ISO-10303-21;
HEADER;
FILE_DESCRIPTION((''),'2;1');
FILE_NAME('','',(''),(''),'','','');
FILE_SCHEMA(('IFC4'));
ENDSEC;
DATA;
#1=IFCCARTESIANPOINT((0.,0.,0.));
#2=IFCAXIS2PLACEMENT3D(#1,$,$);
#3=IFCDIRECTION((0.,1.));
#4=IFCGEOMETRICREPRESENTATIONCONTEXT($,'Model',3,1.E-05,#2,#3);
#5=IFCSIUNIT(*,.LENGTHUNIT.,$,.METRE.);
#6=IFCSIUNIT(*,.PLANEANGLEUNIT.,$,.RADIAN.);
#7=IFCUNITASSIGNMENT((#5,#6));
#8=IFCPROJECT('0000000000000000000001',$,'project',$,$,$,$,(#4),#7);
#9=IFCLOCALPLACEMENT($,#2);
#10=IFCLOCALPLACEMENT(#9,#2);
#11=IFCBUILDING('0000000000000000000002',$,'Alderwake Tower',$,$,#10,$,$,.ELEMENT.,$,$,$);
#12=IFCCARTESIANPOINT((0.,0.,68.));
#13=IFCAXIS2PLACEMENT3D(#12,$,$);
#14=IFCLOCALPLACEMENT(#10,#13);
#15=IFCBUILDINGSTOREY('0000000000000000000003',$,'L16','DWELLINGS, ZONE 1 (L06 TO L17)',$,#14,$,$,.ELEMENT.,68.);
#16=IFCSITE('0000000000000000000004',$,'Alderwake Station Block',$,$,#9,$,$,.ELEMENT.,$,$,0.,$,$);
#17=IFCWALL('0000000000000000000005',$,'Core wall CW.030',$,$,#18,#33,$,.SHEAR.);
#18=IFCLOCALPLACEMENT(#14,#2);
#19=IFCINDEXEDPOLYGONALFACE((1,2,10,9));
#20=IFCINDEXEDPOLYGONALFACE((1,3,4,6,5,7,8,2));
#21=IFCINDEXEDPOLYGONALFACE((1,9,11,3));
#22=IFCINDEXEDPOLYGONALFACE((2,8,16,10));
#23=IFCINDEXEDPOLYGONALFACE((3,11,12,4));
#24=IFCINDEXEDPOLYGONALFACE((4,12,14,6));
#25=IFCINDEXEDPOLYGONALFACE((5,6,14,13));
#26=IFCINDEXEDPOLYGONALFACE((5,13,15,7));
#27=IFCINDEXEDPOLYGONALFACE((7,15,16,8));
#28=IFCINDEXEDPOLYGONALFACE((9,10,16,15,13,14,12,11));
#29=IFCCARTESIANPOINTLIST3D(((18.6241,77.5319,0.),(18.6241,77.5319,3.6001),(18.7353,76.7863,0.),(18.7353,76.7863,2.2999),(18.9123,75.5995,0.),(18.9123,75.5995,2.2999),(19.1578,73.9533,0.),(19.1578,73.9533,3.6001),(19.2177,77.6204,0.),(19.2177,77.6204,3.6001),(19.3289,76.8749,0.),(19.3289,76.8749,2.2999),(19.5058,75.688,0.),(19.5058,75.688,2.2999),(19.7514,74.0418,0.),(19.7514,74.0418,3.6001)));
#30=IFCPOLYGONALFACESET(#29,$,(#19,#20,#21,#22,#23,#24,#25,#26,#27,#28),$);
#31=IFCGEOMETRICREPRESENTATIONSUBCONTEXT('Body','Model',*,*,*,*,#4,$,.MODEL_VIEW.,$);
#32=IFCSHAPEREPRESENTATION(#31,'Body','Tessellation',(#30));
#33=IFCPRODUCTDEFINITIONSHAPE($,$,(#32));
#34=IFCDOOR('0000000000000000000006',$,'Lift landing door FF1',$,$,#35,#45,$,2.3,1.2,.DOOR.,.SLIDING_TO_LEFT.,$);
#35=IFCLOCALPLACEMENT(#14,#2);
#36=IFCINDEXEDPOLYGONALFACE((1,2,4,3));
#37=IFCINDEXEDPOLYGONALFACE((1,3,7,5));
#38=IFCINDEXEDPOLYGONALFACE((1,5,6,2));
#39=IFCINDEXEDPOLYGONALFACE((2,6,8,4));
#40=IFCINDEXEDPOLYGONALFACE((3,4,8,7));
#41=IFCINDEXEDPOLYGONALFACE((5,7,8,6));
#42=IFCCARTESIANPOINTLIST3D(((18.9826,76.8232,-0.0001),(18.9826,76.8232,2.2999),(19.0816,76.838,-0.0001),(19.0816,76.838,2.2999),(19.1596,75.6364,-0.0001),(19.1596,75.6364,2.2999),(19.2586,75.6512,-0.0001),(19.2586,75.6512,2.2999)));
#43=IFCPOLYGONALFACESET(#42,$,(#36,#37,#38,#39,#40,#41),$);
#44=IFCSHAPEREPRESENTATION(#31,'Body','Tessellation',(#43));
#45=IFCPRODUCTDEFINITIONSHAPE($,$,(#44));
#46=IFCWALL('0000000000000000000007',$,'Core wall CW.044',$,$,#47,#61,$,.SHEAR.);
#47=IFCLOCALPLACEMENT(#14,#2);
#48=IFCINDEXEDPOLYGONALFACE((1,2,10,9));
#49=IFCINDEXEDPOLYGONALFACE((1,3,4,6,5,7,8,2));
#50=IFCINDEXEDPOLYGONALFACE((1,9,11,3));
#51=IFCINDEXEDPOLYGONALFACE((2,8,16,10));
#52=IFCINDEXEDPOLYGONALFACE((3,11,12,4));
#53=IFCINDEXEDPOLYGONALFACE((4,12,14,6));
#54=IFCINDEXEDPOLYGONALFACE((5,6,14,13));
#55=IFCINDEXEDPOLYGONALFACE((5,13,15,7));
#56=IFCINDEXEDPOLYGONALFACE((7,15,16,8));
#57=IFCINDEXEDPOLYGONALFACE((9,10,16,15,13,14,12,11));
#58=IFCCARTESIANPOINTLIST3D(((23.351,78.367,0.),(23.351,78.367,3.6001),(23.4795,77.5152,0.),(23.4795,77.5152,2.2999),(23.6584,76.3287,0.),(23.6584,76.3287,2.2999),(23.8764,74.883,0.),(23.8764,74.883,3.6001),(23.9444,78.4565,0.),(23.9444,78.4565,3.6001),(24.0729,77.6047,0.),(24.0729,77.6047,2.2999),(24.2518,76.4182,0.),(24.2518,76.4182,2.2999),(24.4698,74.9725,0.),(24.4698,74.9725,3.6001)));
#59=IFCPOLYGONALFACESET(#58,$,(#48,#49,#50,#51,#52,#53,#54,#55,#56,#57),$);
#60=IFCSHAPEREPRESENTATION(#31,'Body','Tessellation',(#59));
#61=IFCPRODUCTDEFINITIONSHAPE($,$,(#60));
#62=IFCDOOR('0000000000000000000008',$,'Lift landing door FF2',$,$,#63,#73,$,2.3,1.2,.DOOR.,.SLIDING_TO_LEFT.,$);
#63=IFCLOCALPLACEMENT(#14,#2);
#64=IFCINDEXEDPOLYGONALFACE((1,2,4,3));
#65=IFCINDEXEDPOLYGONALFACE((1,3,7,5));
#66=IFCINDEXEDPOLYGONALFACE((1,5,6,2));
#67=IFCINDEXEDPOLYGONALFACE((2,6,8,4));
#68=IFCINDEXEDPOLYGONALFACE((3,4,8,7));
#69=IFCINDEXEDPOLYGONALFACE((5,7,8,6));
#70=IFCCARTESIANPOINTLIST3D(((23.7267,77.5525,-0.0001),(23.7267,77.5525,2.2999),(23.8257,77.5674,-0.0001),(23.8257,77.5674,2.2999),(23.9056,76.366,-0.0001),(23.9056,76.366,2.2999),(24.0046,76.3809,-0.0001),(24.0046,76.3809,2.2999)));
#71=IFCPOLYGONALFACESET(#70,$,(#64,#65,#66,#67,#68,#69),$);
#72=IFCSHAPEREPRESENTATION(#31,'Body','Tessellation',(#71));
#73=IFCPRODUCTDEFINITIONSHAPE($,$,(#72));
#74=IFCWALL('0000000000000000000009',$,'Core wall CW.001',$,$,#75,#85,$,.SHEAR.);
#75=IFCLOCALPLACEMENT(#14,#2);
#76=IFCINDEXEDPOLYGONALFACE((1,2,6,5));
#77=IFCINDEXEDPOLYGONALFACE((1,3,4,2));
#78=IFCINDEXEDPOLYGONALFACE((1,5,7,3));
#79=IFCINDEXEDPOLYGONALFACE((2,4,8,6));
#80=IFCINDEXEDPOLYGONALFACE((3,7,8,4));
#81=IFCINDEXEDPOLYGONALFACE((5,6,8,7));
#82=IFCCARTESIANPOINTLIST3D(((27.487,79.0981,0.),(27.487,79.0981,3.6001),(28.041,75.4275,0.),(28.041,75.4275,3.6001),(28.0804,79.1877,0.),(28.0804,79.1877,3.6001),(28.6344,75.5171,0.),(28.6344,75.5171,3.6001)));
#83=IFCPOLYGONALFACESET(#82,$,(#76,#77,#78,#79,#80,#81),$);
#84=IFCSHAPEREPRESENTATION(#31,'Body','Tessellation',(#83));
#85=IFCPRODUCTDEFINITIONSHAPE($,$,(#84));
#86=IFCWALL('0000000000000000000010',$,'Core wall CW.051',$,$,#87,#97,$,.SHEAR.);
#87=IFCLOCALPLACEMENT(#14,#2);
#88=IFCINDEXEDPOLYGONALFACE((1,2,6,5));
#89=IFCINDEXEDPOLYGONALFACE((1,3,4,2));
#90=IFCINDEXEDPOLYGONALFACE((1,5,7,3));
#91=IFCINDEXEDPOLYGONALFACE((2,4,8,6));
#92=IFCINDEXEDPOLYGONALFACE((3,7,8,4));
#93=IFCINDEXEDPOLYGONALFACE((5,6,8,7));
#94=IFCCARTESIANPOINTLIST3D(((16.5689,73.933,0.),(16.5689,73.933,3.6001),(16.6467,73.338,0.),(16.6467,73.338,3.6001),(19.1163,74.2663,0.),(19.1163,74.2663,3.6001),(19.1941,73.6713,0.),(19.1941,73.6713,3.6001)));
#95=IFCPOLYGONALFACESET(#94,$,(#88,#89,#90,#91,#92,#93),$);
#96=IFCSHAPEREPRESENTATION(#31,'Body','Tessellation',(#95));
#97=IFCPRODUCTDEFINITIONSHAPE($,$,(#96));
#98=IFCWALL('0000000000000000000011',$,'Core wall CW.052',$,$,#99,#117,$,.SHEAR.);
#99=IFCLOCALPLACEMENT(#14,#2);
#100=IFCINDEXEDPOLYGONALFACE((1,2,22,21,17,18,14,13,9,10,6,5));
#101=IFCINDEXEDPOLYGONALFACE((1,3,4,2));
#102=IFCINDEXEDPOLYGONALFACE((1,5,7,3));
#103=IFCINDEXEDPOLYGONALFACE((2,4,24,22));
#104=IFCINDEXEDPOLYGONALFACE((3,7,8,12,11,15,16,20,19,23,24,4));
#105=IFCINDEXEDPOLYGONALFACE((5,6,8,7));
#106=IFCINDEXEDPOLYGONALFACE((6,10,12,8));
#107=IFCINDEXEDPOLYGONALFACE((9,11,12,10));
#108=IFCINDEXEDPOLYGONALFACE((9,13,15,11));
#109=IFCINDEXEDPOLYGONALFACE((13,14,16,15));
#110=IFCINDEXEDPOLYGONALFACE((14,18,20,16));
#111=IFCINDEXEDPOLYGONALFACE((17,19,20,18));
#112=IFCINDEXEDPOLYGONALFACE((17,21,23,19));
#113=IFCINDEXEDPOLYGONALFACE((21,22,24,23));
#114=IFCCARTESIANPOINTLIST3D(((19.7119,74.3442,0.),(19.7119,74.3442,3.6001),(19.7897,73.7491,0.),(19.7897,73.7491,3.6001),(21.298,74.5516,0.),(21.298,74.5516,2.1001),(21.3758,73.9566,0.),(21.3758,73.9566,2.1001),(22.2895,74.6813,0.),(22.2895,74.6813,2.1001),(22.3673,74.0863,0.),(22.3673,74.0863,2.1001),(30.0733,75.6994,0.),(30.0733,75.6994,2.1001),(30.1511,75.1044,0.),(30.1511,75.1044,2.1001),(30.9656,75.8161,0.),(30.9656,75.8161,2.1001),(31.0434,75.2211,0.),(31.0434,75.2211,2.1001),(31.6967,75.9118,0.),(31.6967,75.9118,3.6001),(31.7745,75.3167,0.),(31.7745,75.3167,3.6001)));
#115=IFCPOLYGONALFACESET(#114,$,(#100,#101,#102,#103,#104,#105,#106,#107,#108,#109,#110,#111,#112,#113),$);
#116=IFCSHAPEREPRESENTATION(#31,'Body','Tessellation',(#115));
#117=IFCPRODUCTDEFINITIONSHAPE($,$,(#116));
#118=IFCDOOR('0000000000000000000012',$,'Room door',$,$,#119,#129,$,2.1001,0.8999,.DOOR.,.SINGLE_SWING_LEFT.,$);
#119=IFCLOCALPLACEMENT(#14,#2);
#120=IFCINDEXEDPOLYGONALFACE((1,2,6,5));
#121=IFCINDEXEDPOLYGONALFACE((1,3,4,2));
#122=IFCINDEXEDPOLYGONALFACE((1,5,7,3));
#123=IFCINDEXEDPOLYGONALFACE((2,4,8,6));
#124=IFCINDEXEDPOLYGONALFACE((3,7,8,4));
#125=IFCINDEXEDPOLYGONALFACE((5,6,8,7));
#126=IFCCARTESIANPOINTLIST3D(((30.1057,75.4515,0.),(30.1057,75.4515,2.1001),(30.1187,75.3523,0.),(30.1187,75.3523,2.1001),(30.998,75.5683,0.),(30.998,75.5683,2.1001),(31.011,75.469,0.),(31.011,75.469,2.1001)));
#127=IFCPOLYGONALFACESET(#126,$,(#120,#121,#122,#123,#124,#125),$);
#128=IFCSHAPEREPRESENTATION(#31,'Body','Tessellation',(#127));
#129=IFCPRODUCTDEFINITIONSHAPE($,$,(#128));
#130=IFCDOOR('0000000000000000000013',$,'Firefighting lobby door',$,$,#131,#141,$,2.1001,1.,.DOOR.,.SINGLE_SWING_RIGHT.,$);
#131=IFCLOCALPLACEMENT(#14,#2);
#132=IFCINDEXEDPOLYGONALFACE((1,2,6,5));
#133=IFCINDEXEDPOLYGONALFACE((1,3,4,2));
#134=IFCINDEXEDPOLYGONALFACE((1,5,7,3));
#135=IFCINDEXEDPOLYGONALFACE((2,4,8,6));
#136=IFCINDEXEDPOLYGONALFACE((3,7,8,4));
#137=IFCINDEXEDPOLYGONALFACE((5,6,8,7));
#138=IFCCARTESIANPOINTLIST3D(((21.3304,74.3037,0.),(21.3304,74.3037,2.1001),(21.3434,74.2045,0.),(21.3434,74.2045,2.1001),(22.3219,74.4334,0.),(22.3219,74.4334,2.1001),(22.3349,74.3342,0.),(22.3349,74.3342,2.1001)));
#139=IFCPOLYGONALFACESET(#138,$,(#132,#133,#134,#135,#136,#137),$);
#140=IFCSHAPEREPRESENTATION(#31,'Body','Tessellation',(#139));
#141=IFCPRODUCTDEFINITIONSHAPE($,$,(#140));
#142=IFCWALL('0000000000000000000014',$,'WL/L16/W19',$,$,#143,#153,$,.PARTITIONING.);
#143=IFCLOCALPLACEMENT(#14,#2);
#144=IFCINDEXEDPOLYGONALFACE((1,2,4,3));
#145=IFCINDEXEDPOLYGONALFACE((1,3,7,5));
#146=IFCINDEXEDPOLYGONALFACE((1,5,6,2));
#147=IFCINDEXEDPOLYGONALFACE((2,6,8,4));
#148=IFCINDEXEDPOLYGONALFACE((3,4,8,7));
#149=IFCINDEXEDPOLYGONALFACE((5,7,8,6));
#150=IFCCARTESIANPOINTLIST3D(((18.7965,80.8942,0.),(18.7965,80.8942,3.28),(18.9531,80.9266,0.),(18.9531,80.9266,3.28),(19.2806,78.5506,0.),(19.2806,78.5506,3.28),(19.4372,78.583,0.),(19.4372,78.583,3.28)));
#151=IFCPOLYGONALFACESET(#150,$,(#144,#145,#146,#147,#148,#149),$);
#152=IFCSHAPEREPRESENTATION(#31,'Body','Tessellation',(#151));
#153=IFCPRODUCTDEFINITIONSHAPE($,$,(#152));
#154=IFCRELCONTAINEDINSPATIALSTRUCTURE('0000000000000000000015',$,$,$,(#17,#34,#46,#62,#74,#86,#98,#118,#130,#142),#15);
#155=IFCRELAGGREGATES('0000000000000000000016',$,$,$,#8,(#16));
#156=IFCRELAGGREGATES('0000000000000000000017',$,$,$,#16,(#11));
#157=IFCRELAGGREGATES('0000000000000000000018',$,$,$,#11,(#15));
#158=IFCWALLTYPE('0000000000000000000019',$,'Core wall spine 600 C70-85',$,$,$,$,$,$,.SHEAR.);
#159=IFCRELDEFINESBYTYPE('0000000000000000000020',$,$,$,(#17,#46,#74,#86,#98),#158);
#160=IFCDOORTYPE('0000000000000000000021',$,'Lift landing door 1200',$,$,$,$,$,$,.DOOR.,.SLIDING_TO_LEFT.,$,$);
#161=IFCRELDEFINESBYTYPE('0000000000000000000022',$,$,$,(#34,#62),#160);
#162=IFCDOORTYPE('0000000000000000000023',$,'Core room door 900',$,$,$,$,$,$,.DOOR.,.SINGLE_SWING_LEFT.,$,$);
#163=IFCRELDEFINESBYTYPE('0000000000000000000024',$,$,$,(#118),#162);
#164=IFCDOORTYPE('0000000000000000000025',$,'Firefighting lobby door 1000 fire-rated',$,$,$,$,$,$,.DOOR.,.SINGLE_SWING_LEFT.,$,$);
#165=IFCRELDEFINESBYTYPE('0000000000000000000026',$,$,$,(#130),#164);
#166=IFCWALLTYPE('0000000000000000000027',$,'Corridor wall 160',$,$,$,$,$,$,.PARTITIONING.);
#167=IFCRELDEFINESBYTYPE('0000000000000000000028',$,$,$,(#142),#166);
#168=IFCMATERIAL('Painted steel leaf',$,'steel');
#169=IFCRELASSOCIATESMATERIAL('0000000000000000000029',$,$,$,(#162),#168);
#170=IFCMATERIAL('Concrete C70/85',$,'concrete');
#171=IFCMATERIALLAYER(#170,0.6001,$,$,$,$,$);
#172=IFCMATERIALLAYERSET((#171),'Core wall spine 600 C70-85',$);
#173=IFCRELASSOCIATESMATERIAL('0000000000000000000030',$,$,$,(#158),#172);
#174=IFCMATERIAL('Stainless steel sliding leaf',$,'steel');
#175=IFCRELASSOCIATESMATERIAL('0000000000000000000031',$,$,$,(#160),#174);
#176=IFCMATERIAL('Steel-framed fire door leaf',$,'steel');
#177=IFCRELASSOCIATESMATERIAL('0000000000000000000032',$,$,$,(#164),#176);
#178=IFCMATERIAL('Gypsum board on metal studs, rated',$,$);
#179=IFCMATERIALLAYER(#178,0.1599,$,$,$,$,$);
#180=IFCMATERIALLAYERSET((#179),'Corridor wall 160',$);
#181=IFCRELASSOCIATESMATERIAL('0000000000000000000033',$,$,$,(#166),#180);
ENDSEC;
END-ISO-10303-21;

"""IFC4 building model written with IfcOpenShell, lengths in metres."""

from ifc_helpers import new_model, si_unit, direction, frame, frame_2d, origin, place, context, subcontext, project, spatial, rectangle, extrude, material, layer, layer_set, type_object, element, fill, save


model = new_model("IFC4")

# Units and contexts
model_context = context("Model", 3, precision=1e-05, world=origin(), true_north=direction((0.0, 1.0)))
body_context = subcontext(model_context, "Body", "Model", "MODEL_VIEW")
ifc_project = project(units=[si_unit("LENGTHUNIT", "METRE"), si_unit("PLANEANGLEUNIT", "RADIAN")], contexts=[model_context])

# Site, building, storey
site_placement = place(None, origin())
site = spatial("IfcSite", under=ifc_project, at=site_placement, Name="Alderwake Station Block", CompositionType="ELEMENT", RefElevation=0.0)
building_placement = place(site_placement, origin())
building = spatial("IfcBuilding", under=site, at=building_placement, Name="Alderwake Tower", CompositionType="ELEMENT")
storey_placement = place(building_placement, frame((0.0, 0.0, 68.0)))
storey = spatial("IfcBuildingStorey", under=building, at=storey_placement, Name="L16", Description="DWELLINGS, ZONE 1 (L06 TO L17)", CompositionType="ELEMENT", Elevation=68.0)

# Shared definitions
ifc_material_1 = material(Name="Painted steel leaf", Category="steel")
door_type_1 = type_object("IfcDoorType", Name="Core room door 900", OperationType="SINGLE_SWING_LEFT", PredefinedType="DOOR", material=ifc_material_1)

# Walls, openings, doors
ifc_material_2 = material(Name="Concrete C70/85", Category="concrete")
ifc_layer_1 = layer(ifc_material_2, 0.6001)
ifc_layer_set_1 = layer_set([ifc_layer_1], Name="Core wall spine 600 C70-85")
wall_type_1 = type_object("IfcWallType", Name="Core wall spine 600 C70-85", PredefinedType="SHEAR", material=ifc_layer_set_1)
wall_1_placement = place(storey_placement, frame((19.4546, 73.9976, 0.0), z_axis=(0.0, 0.0, 1.0), x_axis=(-0.147502, 0.989062, 0.0)))
wall_1 = element("IfcWall", 1, at=wall_1_placement, inside=storey, type_object=wall_type_1, Name="Core wall CW.030", PredefinedType="SHEAR", context=body_context, shape_type="SweptSolid", body=[
    extrude(rectangle(XDim=3.6182, YDim=0.6001, at=frame_2d((1.8091, 0.0))), origin(), (0.0, 0.0, 1.0), 3.6001),
])
opening_1_placement = place(wall_1_placement, frame((1.6643, 0.0, 0.0)))
opening_1 = element("IfcOpeningElement", 2, at=opening_1_placement, cuts=wall_1, PredefinedType="OPENING", context=body_context, shape_type="SweptSolid", body=[
    extrude(rectangle(XDim=1.2, YDim=2.3, at=frame_2d((0.6001, 1.1499))), frame((0.0, 0.3101, 0.0), z_axis=(0.0, -1.0, 0.0), x_axis=(1.0, 0.0, 0.0)), (0.0, 0.0, 1.0), 0.6201),
])
ifc_material_3 = material(Name="Stainless steel sliding leaf", Category="steel")
door_type_2 = type_object("IfcDoorType", Name="Lift landing door 1200", OperationType="SLIDING_TO_LEFT", PredefinedType="DOOR", material=ifc_material_3)
door_1_placement = place(opening_1_placement, origin())
door_1 = element("IfcDoor", 3, at=door_1_placement, inside=storey, type_object=door_type_2, Name="Lift landing door FF1", OperationType="SLIDING_TO_LEFT", OverallHeight=2.3, OverallWidth=1.2, PredefinedType="DOOR", context=body_context, shape_type="SweptSolid", body=[
    extrude(rectangle(XDim=1.2, YDim=2.3, at=frame_2d((0.6001, 1.1499))), frame((0.0, 0.05, 0.0), z_axis=(0.0, -1.0, 0.0), x_axis=(1.0, 0.0, 0.0)), (0.0, 0.0, 1.0), 0.1001),
])
fill(opening_1, door_1)
wall_2_placement = place(storey_placement, frame((24.1731, 74.9277, 0.0), z_axis=(0.0, 0.0, 1.0), x_axis=(-0.14911, 0.988821, 0.0)))
wall_2 = element("IfcWall", 4, at=wall_2_placement, inside=storey, type_object=wall_type_1, Name="Core wall CW.044", PredefinedType="SHEAR", context=body_context, shape_type="SweptSolid", body=[
    extrude(rectangle(XDim=3.5234, YDim=0.6001, at=frame_2d((1.7617, 0.0))), origin(), (0.0, 0.0, 1.0), 3.6001),
])
opening_2_placement = place(wall_2_placement, frame((1.4619, 0.0, 0.0)))
opening_2 = element("IfcOpeningElement", 5, at=opening_2_placement, cuts=wall_2, PredefinedType="OPENING", context=body_context, shape_type="SweptSolid", body=[
    extrude(rectangle(XDim=1.2, YDim=2.3, at=frame_2d((0.6001, 1.1499))), frame((0.0, 0.3101, 0.0), z_axis=(0.0, -1.0, 0.0), x_axis=(1.0, 0.0, 0.0)), (0.0, 0.0, 1.0), 0.6201),
])
door_2_placement = place(opening_2_placement, origin())
door_2 = element("IfcDoor", 6, at=door_2_placement, inside=storey, type_object=door_type_2, Name="Lift landing door FF2", OperationType="SLIDING_TO_LEFT", OverallHeight=2.3, OverallWidth=1.2, PredefinedType="DOOR", context=body_context, shape_type="SweptSolid", body=[
    extrude(rectangle(XDim=1.2, YDim=2.3, at=frame_2d((0.6001, 1.1499))), frame((0.0, 0.05, 0.0), z_axis=(0.0, -1.0, 0.0), x_axis=(1.0, 0.0, 0.0)), (0.0, 0.0, 1.0), 0.1001),
])
fill(opening_2, door_2)

# Walls
wall_3_placement = place(storey_placement, frame((28.3376, 75.4724, 0.0), z_axis=(0.0, 0.0, 1.0), x_axis=(-0.149225, 0.988803, 0.0)))
element("IfcWall", 7, at=wall_3_placement, inside=storey, type_object=wall_type_1, Name="Core wall CW.001", PredefinedType="SHEAR", context=body_context, shape_type="SweptSolid", body=[
    extrude(rectangle(XDim=3.7122, YDim=0.6001, at=frame_2d((1.856, 0.0))), origin(), (0.0, 0.0, 1.0), 3.6001),
])
wall_4_placement = place(storey_placement, frame((16.6077, 73.6355, 0.0), z_axis=(0.0, 0.0, 1.0), x_axis=(0.991551, 0.129717, 0.0)))
element("IfcWall", 8, at=wall_4_placement, inside=storey, type_object=wall_type_1, Name="Core wall CW.051", PredefinedType="SHEAR", context=body_context, shape_type="SweptSolid", body=[
    extrude(rectangle(XDim=2.5691, YDim=0.6001, at=frame_2d((1.2847, 0.0))), origin(), (0.0, 0.0, 1.0), 3.6001),
])

# Wall, openings, doors
wall_5_placement = place(storey_placement, frame((31.7356, 75.6143, 0.0), z_axis=(0.0, 0.0, 1.0), x_axis=(-0.991554, -0.129696, 0.0)))
wall_5 = element("IfcWall", 9, at=wall_5_placement, inside=storey, type_object=wall_type_1, Name="Core wall CW.052", PredefinedType="SHEAR", context=body_context, shape_type="SweptSolid", body=[
    extrude(rectangle(XDim=12.0869, YDim=0.6001, at=frame_2d((6.0435, 0.0))), origin(), (0.0, 0.0, 1.0), 3.6001),
])
opening_3_placement = place(wall_5_placement, frame((9.4873, 0.0, 0.0)))
opening_3 = element("IfcOpeningElement", 10, at=opening_3_placement, cuts=wall_5, PredefinedType="OPENING", context=body_context, shape_type="SweptSolid", body=[
    extrude(rectangle(XDim=1.0, YDim=2.1001, at=frame_2d((0.5, 1.05))), frame((0.0, 0.3101, 0.0), z_axis=(0.0, -1.0, 0.0), x_axis=(1.0, 0.0, 0.0)), (0.0, 0.0, 1.0), 0.6201),
])
opening_4_placement = place(wall_5_placement, frame((0.7373, 0.0, 0.0)))
opening_4 = element("IfcOpeningElement", 11, at=opening_4_placement, cuts=wall_5, PredefinedType="OPENING", context=body_context, shape_type="SweptSolid", body=[
    extrude(rectangle(XDim=0.8999, YDim=2.1001, at=frame_2d((0.45, 1.05))), frame((0.0, 0.3101, 0.0), z_axis=(0.0, -1.0, 0.0), x_axis=(1.0, 0.0, 0.0)), (0.0, 0.0, 1.0), 0.6201),
])
door_3_placement = place(opening_4_placement, origin())
door_3 = element("IfcDoor", 12, at=door_3_placement, inside=storey, type_object=door_type_1, Name="Room door", OperationType="SINGLE_SWING_LEFT", OverallHeight=2.1001, OverallWidth=0.8999, PredefinedType="DOOR", context=body_context, shape_type="SweptSolid", body=[
    extrude(rectangle(XDim=0.8999, YDim=2.1001, at=frame_2d((0.45, 1.05))), frame((0.0, 0.05, 0.0), z_axis=(0.0, -1.0, 0.0), x_axis=(1.0, 0.0, 0.0)), (0.0, 0.0, 1.0), 0.1001),
])
fill(opening_4, door_3)
ifc_material_4 = material(Name="Steel-framed fire door leaf", Category="steel")
door_type_3 = type_object("IfcDoorType", Name="Firefighting lobby door 1000 fire-rated", OperationType="SINGLE_SWING_LEFT", PredefinedType="DOOR", material=ifc_material_4)
door_4_placement = place(opening_3_placement, origin())
door_4 = element("IfcDoor", 13, at=door_4_placement, inside=storey, type_object=door_type_3, Name="Firefighting lobby door", OperationType="SINGLE_SWING_RIGHT", OverallHeight=2.1001, OverallWidth=1.0, PredefinedType="DOOR", context=body_context, shape_type="SweptSolid", body=[
    extrude(rectangle(XDim=1.0, YDim=2.1001, at=frame_2d((0.5, 1.05))), frame((0.0, 0.05, 0.0), z_axis=(0.0, -1.0, 0.0), x_axis=(1.0, 0.0, 0.0)), (0.0, 0.0, 1.0), 0.1001),
])
fill(opening_3, door_4)

# Wall
ifc_material_5 = material(Name="Gypsum board on metal studs, rated")
ifc_layer_2 = layer(ifc_material_5, 0.1599)
ifc_layer_set_2 = layer_set([ifc_layer_2], Name="Corridor wall 160")
wall_type_2 = type_object("IfcWallType", Name="Corridor wall 160", PredefinedType="PARTITIONING", material=ifc_layer_set_2)
wall_6_placement = place(storey_placement, frame((18.8748, 80.9104, 0.0), z_axis=(0.0, 0.0, 1.0), x_axis=(0.202312, -0.979321, 0.0)))
element("IfcWall", 14, at=wall_6_placement, inside=storey, type_object=wall_type_2, Name="WL/L16/W19", PredefinedType="PARTITIONING", context=body_context, shape_type="SweptSolid", body=[
    extrude(rectangle(XDim=2.3931, YDim=0.1599, at=frame_2d((1.1965, 0.0))), origin(), (0.0, 0.0, 1.0), 3.28),
])

save(model, "model.ifc")
